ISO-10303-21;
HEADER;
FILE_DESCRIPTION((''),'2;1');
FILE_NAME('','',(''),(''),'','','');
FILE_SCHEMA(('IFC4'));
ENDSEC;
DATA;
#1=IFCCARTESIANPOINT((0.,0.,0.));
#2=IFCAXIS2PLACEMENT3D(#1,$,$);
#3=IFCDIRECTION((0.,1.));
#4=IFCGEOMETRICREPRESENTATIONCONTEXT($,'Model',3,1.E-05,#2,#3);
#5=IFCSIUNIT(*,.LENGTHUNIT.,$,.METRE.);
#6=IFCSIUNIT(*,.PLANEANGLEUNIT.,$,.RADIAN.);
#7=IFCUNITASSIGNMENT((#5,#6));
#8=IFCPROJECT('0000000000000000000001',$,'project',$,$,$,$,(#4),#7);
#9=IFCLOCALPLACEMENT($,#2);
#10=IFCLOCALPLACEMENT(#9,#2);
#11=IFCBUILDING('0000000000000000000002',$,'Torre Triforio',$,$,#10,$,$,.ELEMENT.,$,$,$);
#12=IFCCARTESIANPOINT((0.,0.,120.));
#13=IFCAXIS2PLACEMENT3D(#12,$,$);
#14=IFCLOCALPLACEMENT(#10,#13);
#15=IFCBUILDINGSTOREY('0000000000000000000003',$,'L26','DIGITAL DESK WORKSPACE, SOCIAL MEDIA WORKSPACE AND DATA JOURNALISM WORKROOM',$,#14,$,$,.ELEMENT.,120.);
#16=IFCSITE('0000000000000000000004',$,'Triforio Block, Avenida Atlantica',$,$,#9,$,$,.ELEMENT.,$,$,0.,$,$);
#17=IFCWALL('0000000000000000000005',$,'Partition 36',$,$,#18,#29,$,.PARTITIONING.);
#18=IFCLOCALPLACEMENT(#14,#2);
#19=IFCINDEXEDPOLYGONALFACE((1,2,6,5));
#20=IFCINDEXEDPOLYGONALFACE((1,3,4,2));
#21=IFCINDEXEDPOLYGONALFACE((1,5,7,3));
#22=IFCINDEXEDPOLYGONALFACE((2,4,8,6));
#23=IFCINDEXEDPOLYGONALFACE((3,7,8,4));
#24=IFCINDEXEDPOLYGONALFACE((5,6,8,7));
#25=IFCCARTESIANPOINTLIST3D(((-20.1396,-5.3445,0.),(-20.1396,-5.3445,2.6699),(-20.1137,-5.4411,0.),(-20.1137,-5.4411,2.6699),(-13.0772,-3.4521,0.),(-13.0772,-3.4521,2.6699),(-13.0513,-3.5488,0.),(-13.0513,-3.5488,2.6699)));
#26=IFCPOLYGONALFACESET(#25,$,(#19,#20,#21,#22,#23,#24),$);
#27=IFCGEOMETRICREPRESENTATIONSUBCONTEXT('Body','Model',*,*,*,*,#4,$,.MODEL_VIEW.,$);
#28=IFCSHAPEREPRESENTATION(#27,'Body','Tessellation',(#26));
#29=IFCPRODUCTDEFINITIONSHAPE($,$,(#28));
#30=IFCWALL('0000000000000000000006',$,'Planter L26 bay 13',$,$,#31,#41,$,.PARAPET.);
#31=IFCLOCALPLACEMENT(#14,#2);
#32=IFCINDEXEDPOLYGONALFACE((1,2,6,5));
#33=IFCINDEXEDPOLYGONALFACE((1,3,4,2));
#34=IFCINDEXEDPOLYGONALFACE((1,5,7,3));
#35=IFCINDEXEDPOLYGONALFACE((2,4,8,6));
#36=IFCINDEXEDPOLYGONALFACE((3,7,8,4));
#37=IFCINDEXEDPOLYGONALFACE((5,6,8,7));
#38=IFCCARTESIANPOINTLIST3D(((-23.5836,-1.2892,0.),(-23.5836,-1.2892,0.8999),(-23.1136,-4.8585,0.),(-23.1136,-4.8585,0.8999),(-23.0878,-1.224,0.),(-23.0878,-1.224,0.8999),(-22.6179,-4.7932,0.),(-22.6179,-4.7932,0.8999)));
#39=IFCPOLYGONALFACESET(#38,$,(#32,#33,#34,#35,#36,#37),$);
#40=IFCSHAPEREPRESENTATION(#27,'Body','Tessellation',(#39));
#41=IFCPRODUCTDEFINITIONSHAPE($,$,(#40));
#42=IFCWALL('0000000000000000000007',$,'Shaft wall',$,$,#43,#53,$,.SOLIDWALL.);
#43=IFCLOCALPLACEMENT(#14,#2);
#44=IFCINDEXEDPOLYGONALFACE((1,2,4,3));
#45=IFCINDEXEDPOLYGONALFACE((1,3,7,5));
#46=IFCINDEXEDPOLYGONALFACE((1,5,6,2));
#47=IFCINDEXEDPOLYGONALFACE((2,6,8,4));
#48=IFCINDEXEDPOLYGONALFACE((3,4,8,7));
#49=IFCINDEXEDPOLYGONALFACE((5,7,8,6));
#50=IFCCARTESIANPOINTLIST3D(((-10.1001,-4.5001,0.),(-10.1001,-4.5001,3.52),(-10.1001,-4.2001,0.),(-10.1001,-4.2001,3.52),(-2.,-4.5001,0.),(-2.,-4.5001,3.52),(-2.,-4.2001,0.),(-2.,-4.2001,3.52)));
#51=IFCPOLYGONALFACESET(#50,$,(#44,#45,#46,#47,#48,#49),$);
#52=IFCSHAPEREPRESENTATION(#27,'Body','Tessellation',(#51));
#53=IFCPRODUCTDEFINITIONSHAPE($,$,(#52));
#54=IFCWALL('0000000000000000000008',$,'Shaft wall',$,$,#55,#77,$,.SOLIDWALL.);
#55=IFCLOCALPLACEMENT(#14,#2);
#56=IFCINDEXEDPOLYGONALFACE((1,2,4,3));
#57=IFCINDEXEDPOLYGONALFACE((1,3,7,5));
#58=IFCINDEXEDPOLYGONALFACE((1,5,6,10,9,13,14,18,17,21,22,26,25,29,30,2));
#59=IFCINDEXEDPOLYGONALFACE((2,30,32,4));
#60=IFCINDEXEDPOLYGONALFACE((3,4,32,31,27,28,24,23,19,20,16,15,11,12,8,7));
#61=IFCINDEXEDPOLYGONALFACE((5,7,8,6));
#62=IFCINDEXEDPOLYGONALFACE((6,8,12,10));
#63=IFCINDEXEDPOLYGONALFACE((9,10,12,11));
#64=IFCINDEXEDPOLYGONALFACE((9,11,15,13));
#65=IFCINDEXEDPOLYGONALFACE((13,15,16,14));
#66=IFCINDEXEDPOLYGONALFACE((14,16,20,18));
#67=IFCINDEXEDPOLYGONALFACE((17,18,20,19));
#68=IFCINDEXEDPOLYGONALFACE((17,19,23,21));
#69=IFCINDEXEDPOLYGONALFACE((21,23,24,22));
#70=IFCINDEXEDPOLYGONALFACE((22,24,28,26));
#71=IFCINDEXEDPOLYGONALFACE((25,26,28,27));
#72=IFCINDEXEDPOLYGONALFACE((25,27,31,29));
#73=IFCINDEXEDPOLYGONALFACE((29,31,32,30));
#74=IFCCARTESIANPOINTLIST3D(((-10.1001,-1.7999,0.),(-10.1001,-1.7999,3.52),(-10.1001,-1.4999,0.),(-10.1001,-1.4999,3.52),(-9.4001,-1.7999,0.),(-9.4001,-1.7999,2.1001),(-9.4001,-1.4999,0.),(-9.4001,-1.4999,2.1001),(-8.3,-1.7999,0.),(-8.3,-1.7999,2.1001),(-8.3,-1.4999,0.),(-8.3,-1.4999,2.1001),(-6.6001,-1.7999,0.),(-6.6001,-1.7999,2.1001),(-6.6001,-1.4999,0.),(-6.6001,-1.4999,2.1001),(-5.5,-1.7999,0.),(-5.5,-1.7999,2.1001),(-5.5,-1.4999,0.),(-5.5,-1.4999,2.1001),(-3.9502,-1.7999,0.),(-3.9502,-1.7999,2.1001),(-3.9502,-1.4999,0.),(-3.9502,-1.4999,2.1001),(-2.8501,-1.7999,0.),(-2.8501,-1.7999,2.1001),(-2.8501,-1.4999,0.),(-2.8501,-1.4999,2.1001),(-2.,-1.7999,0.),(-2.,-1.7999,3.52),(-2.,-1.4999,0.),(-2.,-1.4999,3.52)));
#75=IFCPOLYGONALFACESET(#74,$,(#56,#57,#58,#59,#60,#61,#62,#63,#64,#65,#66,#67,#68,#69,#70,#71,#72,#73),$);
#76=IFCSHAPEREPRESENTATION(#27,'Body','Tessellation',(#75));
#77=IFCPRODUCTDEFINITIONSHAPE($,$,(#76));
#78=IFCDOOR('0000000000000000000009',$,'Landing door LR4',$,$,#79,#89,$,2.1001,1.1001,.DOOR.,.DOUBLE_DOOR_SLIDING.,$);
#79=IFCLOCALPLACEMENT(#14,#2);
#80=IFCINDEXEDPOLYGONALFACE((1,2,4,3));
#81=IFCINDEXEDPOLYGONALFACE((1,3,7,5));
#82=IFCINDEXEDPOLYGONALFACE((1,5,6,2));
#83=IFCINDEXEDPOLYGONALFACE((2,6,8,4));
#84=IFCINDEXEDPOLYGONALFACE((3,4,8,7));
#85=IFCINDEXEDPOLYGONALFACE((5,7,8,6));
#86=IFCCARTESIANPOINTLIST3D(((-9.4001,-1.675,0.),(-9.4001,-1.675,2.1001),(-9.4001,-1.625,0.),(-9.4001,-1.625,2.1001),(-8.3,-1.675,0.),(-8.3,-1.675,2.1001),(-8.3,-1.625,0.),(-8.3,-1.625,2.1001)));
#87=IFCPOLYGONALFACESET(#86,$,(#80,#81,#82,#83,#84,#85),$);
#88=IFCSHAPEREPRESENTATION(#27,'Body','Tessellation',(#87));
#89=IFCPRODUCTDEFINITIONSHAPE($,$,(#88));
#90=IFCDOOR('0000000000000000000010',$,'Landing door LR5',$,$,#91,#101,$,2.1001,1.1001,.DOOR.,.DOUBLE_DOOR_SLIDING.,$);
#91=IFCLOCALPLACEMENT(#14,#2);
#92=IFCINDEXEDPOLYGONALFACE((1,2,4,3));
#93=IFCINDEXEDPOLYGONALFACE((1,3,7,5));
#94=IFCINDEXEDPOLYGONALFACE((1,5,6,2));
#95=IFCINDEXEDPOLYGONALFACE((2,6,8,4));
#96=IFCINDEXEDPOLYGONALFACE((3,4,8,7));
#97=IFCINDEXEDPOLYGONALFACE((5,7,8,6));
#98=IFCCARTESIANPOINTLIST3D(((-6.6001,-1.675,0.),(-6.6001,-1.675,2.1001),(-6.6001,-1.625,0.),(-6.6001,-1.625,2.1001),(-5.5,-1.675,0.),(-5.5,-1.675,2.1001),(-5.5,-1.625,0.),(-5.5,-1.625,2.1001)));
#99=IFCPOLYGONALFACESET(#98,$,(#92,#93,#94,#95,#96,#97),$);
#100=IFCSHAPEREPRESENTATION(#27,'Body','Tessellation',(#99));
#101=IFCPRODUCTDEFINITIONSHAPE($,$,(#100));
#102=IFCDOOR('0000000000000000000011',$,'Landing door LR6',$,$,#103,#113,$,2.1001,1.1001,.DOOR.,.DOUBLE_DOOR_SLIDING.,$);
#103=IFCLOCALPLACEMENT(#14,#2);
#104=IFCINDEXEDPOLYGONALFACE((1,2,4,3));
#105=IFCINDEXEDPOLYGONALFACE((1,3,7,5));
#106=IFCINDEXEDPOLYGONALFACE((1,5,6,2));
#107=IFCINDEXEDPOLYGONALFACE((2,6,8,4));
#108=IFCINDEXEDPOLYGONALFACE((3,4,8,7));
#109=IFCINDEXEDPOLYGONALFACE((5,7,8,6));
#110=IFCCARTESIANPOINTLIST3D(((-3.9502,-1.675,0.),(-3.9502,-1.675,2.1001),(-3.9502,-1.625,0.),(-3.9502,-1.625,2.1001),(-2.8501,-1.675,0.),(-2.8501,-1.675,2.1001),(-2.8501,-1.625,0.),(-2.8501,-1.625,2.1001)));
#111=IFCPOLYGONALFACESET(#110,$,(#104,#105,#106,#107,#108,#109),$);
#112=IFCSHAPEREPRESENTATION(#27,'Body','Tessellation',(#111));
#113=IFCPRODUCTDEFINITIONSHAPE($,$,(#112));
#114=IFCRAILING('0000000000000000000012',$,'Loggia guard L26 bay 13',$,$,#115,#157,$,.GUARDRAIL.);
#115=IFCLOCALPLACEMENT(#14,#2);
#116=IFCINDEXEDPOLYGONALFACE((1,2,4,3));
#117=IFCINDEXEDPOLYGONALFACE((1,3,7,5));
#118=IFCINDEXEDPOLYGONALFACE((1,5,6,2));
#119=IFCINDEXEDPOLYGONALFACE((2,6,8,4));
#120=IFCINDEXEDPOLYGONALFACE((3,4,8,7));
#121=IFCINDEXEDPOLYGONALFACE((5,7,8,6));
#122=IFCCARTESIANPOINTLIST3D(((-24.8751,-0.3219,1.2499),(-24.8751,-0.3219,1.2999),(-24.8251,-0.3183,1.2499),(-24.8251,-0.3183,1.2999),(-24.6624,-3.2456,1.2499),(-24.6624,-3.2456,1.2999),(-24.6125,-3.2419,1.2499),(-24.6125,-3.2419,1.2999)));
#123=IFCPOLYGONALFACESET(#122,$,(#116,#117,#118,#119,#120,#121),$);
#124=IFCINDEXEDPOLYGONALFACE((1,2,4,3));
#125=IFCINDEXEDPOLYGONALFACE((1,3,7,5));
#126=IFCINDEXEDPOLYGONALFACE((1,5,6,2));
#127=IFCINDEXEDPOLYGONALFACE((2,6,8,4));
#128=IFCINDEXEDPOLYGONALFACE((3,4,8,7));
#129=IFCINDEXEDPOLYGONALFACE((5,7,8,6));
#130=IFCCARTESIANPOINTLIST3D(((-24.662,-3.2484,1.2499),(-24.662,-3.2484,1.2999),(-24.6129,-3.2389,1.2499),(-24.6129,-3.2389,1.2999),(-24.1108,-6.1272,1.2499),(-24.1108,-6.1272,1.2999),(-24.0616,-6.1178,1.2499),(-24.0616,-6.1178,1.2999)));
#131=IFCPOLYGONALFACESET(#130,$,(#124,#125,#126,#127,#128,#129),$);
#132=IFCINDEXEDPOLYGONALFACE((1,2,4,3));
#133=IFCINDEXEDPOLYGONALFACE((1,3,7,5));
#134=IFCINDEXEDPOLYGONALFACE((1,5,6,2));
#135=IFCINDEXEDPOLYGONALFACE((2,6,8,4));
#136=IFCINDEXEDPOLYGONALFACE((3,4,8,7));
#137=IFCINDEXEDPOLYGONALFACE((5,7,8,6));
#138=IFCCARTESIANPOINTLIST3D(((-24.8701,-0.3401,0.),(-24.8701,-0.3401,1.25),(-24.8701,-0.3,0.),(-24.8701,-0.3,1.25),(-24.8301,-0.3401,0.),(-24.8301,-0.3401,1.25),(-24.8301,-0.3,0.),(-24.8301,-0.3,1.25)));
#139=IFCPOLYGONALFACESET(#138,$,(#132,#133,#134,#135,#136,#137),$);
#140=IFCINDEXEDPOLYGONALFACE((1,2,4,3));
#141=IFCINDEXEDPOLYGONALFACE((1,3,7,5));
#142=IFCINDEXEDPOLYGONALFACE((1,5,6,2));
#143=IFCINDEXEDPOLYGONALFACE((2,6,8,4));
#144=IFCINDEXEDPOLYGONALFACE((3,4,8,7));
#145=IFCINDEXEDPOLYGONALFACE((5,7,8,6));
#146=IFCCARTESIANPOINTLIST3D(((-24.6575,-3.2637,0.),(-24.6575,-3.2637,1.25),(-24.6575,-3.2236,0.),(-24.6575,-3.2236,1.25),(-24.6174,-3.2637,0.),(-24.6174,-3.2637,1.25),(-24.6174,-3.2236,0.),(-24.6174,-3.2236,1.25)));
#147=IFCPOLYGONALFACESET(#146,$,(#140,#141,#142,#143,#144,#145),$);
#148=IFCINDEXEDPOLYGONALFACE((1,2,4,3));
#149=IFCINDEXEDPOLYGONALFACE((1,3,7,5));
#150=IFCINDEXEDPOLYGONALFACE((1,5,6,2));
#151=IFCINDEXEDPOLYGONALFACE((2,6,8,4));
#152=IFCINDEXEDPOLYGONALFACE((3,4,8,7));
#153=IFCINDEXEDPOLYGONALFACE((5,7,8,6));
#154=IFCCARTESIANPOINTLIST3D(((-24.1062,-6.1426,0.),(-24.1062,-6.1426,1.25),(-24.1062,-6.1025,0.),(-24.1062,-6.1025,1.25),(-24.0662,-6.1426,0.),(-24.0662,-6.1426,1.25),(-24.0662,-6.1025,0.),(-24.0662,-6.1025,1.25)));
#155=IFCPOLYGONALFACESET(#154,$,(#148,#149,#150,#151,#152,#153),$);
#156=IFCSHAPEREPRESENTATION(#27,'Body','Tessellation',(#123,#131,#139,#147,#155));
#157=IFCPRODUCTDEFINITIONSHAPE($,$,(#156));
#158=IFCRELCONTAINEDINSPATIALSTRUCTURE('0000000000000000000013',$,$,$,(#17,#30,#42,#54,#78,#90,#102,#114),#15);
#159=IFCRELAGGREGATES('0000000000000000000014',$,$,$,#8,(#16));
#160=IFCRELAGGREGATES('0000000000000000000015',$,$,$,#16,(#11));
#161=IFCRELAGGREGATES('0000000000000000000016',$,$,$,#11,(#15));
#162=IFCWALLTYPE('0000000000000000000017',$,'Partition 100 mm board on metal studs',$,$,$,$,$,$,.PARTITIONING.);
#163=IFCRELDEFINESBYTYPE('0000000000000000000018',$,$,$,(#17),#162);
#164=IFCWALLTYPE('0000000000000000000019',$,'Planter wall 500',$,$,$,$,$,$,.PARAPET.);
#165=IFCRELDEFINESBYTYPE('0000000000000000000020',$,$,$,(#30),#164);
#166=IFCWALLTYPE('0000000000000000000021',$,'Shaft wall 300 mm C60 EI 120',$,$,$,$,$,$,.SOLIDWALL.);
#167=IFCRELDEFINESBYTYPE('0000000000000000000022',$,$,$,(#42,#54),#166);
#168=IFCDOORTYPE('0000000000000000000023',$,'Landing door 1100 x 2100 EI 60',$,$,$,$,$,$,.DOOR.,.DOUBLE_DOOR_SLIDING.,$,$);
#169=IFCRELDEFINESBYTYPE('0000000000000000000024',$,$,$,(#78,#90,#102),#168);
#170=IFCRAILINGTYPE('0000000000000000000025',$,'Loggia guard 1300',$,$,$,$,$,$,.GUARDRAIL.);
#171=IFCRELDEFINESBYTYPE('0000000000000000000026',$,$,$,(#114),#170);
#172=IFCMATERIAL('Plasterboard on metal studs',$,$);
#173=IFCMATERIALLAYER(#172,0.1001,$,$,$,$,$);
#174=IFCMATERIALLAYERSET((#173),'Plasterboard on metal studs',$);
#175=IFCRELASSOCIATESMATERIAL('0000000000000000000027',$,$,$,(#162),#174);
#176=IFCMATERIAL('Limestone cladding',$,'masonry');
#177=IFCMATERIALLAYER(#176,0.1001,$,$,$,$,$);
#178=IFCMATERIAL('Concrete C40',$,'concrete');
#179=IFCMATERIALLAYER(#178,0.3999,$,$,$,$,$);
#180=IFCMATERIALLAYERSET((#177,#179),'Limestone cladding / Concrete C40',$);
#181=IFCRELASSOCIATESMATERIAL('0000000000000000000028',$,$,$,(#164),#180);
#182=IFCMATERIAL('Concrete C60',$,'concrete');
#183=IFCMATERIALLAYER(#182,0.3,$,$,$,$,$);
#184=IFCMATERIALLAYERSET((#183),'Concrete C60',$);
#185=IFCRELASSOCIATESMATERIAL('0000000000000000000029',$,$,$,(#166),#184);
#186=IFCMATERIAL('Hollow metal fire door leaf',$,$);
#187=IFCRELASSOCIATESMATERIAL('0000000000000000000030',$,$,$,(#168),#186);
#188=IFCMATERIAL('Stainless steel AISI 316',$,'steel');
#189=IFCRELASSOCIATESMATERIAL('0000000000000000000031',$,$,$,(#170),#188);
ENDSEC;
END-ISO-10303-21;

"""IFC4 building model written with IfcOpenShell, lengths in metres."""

from ifc_helpers import new_model, si_unit, direction, frame, frame_2d, origin, origin_2d, place, context, subcontext, project, spatial, rectangle, extrude, material, layer, layer_set, type_object, element, fill, save


model = new_model("IFC4")

# Units and contexts
model_context = context("Model", 3, precision=1e-05, world=origin(), true_north=direction((0.0, 1.0)))
body_context = subcontext(model_context, "Body", "Model", "MODEL_VIEW")
ifc_project = project(units=[si_unit("LENGTHUNIT", "METRE"), si_unit("PLANEANGLEUNIT", "RADIAN")], contexts=[model_context])

# Site, building, storey
site_placement = place(None, origin())
site = spatial("IfcSite", under=ifc_project, at=site_placement, Name="Triforio Block, Avenida Atlantica", CompositionType="ELEMENT", RefElevation=0.0)
building_placement = place(site_placement, origin())
building = spatial("IfcBuilding", under=site, at=building_placement, Name="Torre Triforio", CompositionType="ELEMENT")
storey_placement = place(building_placement, frame((0.0, 0.0, 120.0)))
storey = spatial("IfcBuildingStorey", under=building, at=storey_placement, Name="L26", Description="DIGITAL DESK WORKSPACE, SOCIAL MEDIA WORKSPACE AND DATA JOURNALISM WORKROOM", CompositionType="ELEMENT", Elevation=120.0)

# Shared definitions
ifc_material_1 = material(Name="Concrete C60", Category="concrete")

# Shared definitions
ifc_material_2 = material(Name="Hollow metal fire door leaf")
ifc_material_3 = material(Name="Plasterboard on metal studs")

# Walls
ifc_layer_1 = layer(ifc_material_3, 0.1001)
ifc_layer_set_1 = layer_set([ifc_layer_1], Name="Plasterboard on metal studs")
wall_type_1 = type_object("IfcWallType", Name="Partition 100 mm board on metal studs", PredefinedType="PARTITIONING", material=ifc_layer_set_1)
wall_1_placement = place(storey_placement, frame((-13.0642, -3.5005, 0.0), z_axis=(0.0, 0.0, 1.0), x_axis=(-0.965928, -0.258812, 0.0)))
element("IfcWall", 1, at=wall_1_placement, inside=storey, type_object=wall_type_1, Name="Partition 36", PredefinedType="PARTITIONING", context=body_context, shape_type="SweptSolid", body=[
    extrude(rectangle(XDim=7.3115, YDim=0.1001, at=frame_2d((3.6558, 0.0))), origin(), (0.0, 0.0, 1.0), 2.6699),
])
ifc_material_4 = material(Name="Limestone cladding", Category="masonry")
ifc_layer_2 = layer(ifc_material_4, 0.1001)
ifc_material_5 = material(Name="Concrete C40", Category="concrete")
ifc_layer_3 = layer(ifc_material_5, 0.3999)
ifc_layer_set_2 = layer_set([ifc_layer_2, ifc_layer_3], Name="Limestone cladding / Concrete C40")
wall_type_2 = type_object("IfcWallType", Name="Planter wall 500", PredefinedType="PARAPET", material=ifc_layer_set_2)
wall_2_placement = place(storey_placement, frame((-23.3357, -1.2566, 0.0), z_axis=(0.0, 0.0, 1.0), x_axis=(0.130542, -0.991443, 0.0)))
element("IfcWall", 2, at=wall_2_placement, inside=storey, type_object=wall_type_2, Name="Planter L26 bay 13", PredefinedType="PARAPET", context=body_context, shape_type="SweptSolid", body=[
    extrude(rectangle(XDim=3.6001, YDim=0.5, at=frame_2d((1.8, 0.0))), origin(), (0.0, 0.0, 1.0), 0.8999),
])
ifc_layer_4 = layer(ifc_material_1, 0.3)
ifc_layer_set_3 = layer_set([ifc_layer_4], Name="Concrete C60")
wall_type_3 = type_object("IfcWallType", Name="Shaft wall 300 mm C60 EI 120", PredefinedType="SOLIDWALL", material=ifc_layer_set_3)
wall_3_placement = place(storey_placement, frame((-10.1001, -4.3501, 0.0), z_axis=(0.0, 0.0, 1.0), x_axis=(1.0, 0.0, 0.0)))
element("IfcWall", 3, at=wall_3_placement, inside=storey, type_object=wall_type_3, Name="Shaft wall", PredefinedType="SOLIDWALL", context=body_context, shape_type="SweptSolid", body=[
    extrude(rectangle(XDim=8.1001, YDim=0.3, at=frame_2d((4.05, 0.0))), origin(), (0.0, 0.0, 1.0), 3.52),
])

# Wall, openings, doors
wall_4_placement = place(storey_placement, frame((-10.1001, -1.6499, 0.0), z_axis=(0.0, 0.0, 1.0), x_axis=(1.0, 0.0, 0.0)))
wall_4 = element("IfcWall", 4, at=wall_4_placement, inside=storey, type_object=wall_type_3, Name="Shaft wall", PredefinedType="SOLIDWALL", context=body_context, shape_type="SweptSolid", body=[
    extrude(rectangle(XDim=8.1001, YDim=0.3, at=frame_2d((4.05, 0.0))), origin(), (0.0, 0.0, 1.0), 3.52),
])
opening_1_placement = place(wall_4_placement, frame((0.7, 0.0, 0.0)))
opening_1 = element("IfcOpeningElement", 5, at=opening_1_placement, cuts=wall_4, PredefinedType="OPENING", context=body_context, shape_type="SweptSolid", body=[
    extrude(rectangle(XDim=1.1001, YDim=2.1001, at=frame_2d((0.55, 1.05))), frame((0.0, 0.1599, 0.0), z_axis=(0.0, -1.0, 0.0), x_axis=(1.0, 0.0, 0.0)), (0.0, 0.0, 1.0), 0.3201),
])
opening_2_placement = place(wall_4_placement, frame((3.5, 0.0, 0.0)))
opening_2 = element("IfcOpeningElement", 6, at=opening_2_placement, cuts=wall_4, PredefinedType="OPENING", context=body_context, shape_type="SweptSolid", body=[
    extrude(rectangle(XDim=1.1001, YDim=2.1001, at=frame_2d((0.55, 1.05))), frame((0.0, 0.1599, 0.0), z_axis=(0.0, -1.0, 0.0), x_axis=(1.0, 0.0, 0.0)), (0.0, 0.0, 1.0), 0.3201),
])
opening_3_placement = place(wall_4_placement, frame((6.1499, 0.0, 0.0)))
opening_3 = element("IfcOpeningElement", 7, at=opening_3_placement, cuts=wall_4, PredefinedType="OPENING", context=body_context, shape_type="SweptSolid", body=[
    extrude(rectangle(XDim=1.1001, YDim=2.1001, at=frame_2d((0.55, 1.05))), frame((0.0, 0.1599, 0.0), z_axis=(0.0, -1.0, 0.0), x_axis=(1.0, 0.0, 0.0)), (0.0, 0.0, 1.0), 0.3201),
])
door_type_1 = type_object("IfcDoorType", Name="Landing door 1100 x 2100 EI 60", OperationType="DOUBLE_DOOR_SLIDING", PredefinedType="DOOR", material=ifc_material_2)
door_1_placement = place(opening_1_placement, origin())
door_1 = element("IfcDoor", 8, at=door_1_placement, inside=storey, type_object=door_type_1, Name="Landing door LR4", OperationType="DOUBLE_DOOR_SLIDING", OverallHeight=2.1001, OverallWidth=1.1001, PredefinedType="DOOR", context=body_context, shape_type="SweptSolid", body=[
    extrude(rectangle(XDim=1.1001, YDim=2.1001, at=frame_2d((0.55, 1.05))), frame((0.0, 0.0249, 0.0), z_axis=(0.0, -1.0, 0.0), x_axis=(1.0, 0.0, 0.0)), (0.0, 0.0, 1.0), 0.05),
])
fill(opening_1, door_1)
door_2_placement = place(opening_2_placement, origin())
door_2 = element("IfcDoor", 9, at=door_2_placement, inside=storey, type_object=door_type_1, Name="Landing door LR5", OperationType="DOUBLE_DOOR_SLIDING", OverallHeight=2.1001, OverallWidth=1.1001, PredefinedType="DOOR", context=body_context, shape_type="SweptSolid", body=[
    extrude(rectangle(XDim=1.1001, YDim=2.1001, at=frame_2d((0.55, 1.05))), frame((0.0, 0.0249, 0.0), z_axis=(0.0, -1.0, 0.0), x_axis=(1.0, 0.0, 0.0)), (0.0, 0.0, 1.0), 0.05),
])
fill(opening_2, door_2)
door_3_placement = place(opening_3_placement, origin())
door_3 = element("IfcDoor", 10, at=door_3_placement, inside=storey, type_object=door_type_1, Name="Landing door LR6", OperationType="DOUBLE_DOOR_SLIDING", OverallHeight=2.1001, OverallWidth=1.1001, PredefinedType="DOOR", context=body_context, shape_type="SweptSolid", body=[
    extrude(rectangle(XDim=1.1001, YDim=2.1001, at=frame_2d((0.55, 1.05))), frame((0.0, 0.0249, 0.0), z_axis=(0.0, -1.0, 0.0), x_axis=(1.0, 0.0, 0.0)), (0.0, 0.0, 1.0), 0.05),
])
fill(opening_3, door_3)

# Railing
ifc_material_6 = material(Name="Stainless steel AISI 316", Category="steel")
railing_type = type_object("IfcRailingType", Name="Loggia guard 1300", PredefinedType="GUARDRAIL", material=ifc_material_6)
railing_1_placement = place(storey_placement, frame((-24.8501, -0.3201, 0.0)))
element("IfcRailing", 11, at=railing_1_placement, inside=storey, type_object=railing_type, Name="Loggia guard L26 bay 13", PredefinedType="GUARDRAIL", context=body_context, shape_type="SweptSolid", body=[
    extrude(rectangle(XDim=0.05, YDim=0.05, at=origin_2d()), frame((0.0, 0.0, 1.2749), z_axis=(0.072543, -0.997365, 0.0), x_axis=(0.997365, 0.072543, 0.0)), (0.0, 0.0, 1.0), 2.9314),
    extrude(rectangle(XDim=0.05, YDim=0.05, at=origin_2d()), frame((0.2126, -2.9236, 1.2749), z_axis=(0.188069, -0.982156, 0.0), x_axis=(0.982156, 0.188069, 0.0)), (0.0, 0.0, 1.0), 2.9312),
    extrude(rectangle(XDim=0.04, YDim=0.04, at=origin_2d()), origin(), (0.0, 0.0, 1.0), 1.25),
    extrude(rectangle(XDim=0.04, YDim=0.04, at=origin_2d()), frame((0.2126, -2.9236, 0.0)), (0.0, 0.0, 1.0), 1.25),
    extrude(rectangle(XDim=0.04, YDim=0.04, at=origin_2d()), frame((0.7639, -5.8025, 0.0)), (0.0, 0.0, 1.0), 1.25),
])

save(model, "model.ifc")
